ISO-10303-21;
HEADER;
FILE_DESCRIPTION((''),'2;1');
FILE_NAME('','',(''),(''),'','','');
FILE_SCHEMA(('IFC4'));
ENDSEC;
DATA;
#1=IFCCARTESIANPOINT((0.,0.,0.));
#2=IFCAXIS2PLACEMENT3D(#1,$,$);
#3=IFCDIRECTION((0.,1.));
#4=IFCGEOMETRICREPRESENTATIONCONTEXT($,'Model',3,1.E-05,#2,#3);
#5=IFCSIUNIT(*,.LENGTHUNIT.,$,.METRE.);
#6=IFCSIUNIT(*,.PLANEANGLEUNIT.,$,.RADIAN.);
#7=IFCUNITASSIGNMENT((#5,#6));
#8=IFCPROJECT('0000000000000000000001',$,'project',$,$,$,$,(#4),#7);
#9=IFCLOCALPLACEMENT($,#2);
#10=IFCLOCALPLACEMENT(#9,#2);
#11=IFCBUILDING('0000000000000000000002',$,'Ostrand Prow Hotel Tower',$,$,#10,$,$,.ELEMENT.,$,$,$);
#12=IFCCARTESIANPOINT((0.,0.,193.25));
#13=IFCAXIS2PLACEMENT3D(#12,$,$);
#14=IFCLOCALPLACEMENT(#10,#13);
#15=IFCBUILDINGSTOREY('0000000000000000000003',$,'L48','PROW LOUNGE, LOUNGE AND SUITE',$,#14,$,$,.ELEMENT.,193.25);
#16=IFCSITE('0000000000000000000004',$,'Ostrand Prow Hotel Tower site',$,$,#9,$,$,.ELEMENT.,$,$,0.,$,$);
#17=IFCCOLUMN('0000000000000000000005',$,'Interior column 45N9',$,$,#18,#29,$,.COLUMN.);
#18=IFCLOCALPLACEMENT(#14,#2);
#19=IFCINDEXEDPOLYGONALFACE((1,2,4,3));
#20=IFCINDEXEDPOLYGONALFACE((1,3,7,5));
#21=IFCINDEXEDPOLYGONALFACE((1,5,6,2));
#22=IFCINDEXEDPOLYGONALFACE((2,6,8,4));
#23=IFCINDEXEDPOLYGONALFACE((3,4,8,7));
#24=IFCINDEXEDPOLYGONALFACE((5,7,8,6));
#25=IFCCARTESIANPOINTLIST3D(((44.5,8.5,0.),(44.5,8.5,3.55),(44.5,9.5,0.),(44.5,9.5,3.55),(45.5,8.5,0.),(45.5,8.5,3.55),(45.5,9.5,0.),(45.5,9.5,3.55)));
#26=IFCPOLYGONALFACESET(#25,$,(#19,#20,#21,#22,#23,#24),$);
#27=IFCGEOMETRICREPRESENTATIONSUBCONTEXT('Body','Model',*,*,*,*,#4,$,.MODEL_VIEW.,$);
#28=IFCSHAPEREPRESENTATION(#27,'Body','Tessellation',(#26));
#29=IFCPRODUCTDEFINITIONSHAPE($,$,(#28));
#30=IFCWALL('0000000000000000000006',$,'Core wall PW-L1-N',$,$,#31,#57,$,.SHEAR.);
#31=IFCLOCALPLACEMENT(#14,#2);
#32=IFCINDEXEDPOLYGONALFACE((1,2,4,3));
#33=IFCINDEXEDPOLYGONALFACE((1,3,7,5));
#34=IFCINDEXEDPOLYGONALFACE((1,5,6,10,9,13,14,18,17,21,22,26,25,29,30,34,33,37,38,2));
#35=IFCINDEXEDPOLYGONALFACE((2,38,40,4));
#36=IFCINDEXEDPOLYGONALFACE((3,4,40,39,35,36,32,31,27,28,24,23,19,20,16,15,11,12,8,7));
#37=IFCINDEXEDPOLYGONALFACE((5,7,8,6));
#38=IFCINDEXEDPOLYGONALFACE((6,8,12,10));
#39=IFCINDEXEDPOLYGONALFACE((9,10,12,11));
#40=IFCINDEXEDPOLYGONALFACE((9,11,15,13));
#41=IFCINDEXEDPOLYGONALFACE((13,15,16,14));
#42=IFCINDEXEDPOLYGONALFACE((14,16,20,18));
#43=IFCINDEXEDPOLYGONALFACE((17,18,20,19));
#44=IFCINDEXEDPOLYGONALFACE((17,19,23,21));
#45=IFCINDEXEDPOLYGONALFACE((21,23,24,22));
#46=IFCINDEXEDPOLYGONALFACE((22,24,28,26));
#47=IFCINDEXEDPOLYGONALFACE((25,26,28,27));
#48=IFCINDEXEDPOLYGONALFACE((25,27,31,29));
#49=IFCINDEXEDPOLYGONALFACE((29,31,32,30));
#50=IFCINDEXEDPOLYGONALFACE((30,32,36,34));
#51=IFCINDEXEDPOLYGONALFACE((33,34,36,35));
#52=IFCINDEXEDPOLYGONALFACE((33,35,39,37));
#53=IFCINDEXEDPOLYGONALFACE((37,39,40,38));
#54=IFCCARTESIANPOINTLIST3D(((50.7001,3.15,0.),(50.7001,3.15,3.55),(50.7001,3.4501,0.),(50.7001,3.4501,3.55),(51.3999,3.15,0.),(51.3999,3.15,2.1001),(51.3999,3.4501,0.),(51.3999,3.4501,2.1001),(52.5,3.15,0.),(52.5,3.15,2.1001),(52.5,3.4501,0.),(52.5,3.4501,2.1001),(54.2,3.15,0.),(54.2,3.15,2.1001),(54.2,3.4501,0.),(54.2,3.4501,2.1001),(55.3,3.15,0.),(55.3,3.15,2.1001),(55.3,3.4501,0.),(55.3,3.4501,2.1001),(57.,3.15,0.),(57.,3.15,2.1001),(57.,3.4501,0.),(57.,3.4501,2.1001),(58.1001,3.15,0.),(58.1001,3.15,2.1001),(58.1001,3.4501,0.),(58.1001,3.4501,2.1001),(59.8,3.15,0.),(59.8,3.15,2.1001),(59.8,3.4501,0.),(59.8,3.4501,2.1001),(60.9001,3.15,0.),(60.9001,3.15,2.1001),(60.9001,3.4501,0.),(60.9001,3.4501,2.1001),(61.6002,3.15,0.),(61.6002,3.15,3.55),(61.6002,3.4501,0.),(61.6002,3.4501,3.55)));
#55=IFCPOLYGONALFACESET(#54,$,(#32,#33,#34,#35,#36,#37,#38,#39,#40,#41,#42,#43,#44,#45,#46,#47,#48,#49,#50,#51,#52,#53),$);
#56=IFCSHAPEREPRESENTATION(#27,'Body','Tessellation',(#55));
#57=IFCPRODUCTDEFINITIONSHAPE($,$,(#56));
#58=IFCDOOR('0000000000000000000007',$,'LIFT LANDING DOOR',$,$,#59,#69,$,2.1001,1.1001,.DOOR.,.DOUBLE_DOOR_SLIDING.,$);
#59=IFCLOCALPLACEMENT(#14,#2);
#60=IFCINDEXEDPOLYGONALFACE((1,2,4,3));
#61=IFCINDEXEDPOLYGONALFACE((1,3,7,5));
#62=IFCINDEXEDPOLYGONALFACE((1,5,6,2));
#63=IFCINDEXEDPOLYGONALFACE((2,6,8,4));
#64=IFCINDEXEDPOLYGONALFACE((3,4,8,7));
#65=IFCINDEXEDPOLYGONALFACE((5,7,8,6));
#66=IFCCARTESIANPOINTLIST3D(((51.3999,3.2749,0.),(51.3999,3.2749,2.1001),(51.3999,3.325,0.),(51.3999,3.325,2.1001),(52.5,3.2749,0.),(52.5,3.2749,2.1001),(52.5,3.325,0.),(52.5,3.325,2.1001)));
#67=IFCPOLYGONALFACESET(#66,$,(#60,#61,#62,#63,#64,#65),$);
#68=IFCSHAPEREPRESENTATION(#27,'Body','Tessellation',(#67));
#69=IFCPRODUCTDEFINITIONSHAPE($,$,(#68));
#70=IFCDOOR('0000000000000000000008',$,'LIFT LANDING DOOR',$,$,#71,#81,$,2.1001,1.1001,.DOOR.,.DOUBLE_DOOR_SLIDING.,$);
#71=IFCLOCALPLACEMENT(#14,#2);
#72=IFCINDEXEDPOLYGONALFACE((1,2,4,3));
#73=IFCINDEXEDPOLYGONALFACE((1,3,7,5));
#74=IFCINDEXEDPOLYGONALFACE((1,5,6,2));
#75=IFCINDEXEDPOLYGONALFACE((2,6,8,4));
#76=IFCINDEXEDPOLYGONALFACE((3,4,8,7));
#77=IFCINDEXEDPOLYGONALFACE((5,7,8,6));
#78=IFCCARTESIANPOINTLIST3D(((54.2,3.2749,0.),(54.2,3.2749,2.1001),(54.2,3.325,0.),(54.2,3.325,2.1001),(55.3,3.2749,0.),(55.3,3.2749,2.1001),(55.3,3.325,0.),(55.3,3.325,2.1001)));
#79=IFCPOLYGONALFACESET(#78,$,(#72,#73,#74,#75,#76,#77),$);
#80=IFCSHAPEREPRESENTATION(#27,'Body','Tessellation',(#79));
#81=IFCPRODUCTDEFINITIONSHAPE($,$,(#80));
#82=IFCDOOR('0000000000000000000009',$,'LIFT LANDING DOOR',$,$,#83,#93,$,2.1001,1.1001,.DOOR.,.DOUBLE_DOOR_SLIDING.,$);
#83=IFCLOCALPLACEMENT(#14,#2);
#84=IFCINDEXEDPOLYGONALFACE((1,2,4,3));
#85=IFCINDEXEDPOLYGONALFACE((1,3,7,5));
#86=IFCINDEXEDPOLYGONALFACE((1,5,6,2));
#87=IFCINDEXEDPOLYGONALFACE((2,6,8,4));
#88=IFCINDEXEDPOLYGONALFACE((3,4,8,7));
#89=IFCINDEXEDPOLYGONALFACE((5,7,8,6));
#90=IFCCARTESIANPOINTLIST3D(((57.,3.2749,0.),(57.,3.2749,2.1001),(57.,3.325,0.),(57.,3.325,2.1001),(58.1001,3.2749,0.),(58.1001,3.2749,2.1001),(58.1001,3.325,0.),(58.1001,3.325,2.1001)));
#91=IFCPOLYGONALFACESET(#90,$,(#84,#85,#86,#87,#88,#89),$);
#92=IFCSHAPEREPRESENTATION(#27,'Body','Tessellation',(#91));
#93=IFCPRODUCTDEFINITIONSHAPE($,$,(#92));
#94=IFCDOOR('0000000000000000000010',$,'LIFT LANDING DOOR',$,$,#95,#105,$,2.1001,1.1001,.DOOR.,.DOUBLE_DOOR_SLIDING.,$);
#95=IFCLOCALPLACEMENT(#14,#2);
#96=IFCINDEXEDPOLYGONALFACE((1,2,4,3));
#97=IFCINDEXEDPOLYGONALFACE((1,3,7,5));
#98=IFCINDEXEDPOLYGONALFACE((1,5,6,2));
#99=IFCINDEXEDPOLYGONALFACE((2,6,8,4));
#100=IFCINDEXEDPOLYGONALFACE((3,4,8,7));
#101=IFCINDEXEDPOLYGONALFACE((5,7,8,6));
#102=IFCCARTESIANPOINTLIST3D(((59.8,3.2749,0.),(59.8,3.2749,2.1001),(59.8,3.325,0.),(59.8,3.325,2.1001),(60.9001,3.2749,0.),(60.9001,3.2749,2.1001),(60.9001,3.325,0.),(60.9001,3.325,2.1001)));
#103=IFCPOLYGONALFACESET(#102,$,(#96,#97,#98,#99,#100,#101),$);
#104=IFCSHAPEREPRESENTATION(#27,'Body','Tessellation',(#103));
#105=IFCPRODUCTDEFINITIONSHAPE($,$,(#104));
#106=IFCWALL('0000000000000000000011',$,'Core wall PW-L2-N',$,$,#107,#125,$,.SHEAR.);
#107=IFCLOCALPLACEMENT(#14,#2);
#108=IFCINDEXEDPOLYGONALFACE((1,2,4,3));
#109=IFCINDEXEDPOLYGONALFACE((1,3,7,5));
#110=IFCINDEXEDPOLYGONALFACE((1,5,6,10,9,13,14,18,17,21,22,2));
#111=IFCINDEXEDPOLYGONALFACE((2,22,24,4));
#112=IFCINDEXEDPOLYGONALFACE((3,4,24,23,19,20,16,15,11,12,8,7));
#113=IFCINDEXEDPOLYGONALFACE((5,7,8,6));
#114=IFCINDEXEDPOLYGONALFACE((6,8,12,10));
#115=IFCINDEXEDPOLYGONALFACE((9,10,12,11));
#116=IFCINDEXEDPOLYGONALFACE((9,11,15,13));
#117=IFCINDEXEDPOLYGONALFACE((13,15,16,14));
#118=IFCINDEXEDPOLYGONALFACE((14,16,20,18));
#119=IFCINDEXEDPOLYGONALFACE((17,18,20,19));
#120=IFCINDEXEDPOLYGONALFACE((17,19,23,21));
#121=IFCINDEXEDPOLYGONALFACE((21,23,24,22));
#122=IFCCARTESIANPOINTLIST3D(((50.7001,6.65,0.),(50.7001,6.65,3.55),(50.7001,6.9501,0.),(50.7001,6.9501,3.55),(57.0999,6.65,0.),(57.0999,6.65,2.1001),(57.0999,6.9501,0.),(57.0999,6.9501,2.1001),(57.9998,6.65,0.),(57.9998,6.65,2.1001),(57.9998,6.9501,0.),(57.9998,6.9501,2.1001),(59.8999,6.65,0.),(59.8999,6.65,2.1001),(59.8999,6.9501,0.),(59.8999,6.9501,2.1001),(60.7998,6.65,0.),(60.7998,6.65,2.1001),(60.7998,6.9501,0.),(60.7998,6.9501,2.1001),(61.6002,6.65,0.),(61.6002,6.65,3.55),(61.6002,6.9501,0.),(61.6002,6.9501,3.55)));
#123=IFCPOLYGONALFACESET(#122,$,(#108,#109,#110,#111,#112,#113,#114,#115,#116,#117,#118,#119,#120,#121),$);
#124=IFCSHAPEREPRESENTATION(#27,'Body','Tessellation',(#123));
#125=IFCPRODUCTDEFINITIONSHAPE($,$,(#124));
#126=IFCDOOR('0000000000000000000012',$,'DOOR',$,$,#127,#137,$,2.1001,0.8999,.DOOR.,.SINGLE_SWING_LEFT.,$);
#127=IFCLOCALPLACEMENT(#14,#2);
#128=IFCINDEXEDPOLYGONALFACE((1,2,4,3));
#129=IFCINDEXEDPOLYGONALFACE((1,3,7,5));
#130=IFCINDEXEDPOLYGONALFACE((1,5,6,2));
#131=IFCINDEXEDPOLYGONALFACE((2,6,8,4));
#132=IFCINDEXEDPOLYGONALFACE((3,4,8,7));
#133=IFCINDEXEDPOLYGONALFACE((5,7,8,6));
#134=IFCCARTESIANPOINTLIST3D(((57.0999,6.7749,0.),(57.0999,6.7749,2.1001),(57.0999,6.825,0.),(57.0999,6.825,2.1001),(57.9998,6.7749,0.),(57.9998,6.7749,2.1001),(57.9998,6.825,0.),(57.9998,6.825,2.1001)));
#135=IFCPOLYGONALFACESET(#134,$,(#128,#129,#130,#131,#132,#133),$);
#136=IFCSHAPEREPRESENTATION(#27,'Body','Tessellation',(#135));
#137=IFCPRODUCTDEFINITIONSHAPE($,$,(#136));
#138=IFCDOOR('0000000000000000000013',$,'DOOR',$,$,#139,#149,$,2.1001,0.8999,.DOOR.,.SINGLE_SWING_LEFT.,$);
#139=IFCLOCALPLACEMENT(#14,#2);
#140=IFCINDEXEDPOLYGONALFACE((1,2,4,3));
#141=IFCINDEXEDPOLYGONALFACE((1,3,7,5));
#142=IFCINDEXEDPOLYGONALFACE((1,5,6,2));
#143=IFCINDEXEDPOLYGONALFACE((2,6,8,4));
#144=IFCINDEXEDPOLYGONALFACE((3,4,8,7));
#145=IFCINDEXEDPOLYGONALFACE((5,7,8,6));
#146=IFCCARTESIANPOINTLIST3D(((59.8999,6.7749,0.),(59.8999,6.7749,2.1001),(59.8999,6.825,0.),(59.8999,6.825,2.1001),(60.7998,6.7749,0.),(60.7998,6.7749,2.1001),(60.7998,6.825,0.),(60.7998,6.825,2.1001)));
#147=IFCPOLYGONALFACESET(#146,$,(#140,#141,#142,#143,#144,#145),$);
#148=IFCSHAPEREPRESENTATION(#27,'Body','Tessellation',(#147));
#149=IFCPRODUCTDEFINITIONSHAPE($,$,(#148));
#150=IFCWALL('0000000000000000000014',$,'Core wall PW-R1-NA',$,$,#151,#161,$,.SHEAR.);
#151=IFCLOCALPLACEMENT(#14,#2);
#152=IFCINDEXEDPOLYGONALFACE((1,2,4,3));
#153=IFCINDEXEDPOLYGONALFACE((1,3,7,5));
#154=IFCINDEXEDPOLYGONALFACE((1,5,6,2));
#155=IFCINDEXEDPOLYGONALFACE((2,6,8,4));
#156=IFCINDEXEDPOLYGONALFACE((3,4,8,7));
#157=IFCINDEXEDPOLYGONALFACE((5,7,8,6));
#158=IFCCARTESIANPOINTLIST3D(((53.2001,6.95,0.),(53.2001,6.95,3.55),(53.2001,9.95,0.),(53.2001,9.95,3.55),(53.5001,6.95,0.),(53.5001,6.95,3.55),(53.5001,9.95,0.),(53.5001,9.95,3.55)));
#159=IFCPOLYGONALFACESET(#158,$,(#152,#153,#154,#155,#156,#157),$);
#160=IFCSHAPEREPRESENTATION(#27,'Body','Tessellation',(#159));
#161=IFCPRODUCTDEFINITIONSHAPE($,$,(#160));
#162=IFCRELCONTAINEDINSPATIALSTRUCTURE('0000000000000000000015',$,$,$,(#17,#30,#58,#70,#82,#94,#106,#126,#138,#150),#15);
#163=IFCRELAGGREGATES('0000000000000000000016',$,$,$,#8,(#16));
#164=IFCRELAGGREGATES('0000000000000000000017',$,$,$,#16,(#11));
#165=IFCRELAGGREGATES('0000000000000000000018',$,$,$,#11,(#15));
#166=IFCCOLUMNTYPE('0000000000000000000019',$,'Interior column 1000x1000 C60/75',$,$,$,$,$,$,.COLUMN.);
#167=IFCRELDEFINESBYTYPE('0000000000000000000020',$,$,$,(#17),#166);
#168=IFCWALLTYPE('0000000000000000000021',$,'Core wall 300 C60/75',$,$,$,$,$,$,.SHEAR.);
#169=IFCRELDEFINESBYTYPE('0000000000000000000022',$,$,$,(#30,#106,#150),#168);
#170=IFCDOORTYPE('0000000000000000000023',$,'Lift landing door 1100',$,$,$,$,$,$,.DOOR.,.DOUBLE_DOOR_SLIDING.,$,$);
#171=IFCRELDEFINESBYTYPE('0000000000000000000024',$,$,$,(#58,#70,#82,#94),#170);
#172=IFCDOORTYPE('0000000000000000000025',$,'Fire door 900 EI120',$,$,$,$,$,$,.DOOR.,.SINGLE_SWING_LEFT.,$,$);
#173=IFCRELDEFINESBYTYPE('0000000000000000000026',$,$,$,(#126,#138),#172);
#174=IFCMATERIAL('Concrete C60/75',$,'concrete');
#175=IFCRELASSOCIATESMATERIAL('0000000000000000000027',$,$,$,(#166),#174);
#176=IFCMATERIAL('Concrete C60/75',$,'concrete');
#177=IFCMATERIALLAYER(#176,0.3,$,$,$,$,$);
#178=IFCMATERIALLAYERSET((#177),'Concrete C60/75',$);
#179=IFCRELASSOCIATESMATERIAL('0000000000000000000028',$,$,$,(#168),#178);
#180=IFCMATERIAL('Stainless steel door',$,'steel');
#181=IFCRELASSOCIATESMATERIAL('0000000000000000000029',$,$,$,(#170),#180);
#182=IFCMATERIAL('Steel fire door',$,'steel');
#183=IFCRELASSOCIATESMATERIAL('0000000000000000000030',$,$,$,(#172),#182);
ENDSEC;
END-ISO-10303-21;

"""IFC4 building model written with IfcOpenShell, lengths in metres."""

from ifc_helpers import new_model, si_unit, direction, frame, frame_2d, origin, origin_2d, place, context, subcontext, project, spatial, rectangle, extrude, material, layer, layer_set, material_profile, profile_set, type_object, element, fill, save


model = new_model("IFC4")

# Units and contexts
model_context = context("Model", 3, precision=1e-05, world=origin(), true_north=direction((0.0, 1.0)))
body_context = subcontext(model_context, "Body", "Model", "MODEL_VIEW")
ifc_project = project(units=[si_unit("LENGTHUNIT", "METRE"), si_unit("PLANEANGLEUNIT", "RADIAN")], contexts=[model_context])

# Site, building, storey
site_placement = place(None, origin())
site = spatial("IfcSite", under=ifc_project, at=site_placement, Name="Ostrand Prow Hotel Tower site", CompositionType="ELEMENT", RefElevation=0.0)
building_placement = place(site_placement, origin())
building = spatial("IfcBuilding", under=site, at=building_placement, Name="Ostrand Prow Hotel Tower", CompositionType="ELEMENT")
storey_placement = place(building_placement, frame((0.0, 0.0, 193.25)))
storey = spatial("IfcBuildingStorey", under=building, at=storey_placement, Name="L48", Description="PROW LOUNGE, LOUNGE AND SUITE", CompositionType="ELEMENT", Elevation=193.25)

# Column
ifc_material_1 = material(Name="Concrete C60/75", Category="concrete")
ifc_material_profile = material_profile(ifc_material_1, rectangle(XDim=1.0, YDim=1.0, at=origin_2d()), Name="RC 1000x1000")
ifc_profile_set = profile_set([ifc_material_profile], Name="Concrete C60/75")
column_type = type_object("IfcColumnType", Name="Interior column 1000x1000 C60/75", PredefinedType="COLUMN", material=ifc_profile_set)
column_placement = place(storey_placement, frame((45.0, 9.0, 0.0), z_axis=(0.0, 0.0, 1.0), x_axis=(1.0, 0.0, 0.0)))
element("IfcColumn", 1, at=column_placement, inside=storey, type_object=column_type, Name="Interior column 45N9", PredefinedType="COLUMN", context=body_context, shape_type="SweptSolid", body=[
    extrude(rectangle(XDim=1.0, YDim=1.0, at=origin_2d()), origin(), (0.0, 0.0, 1.0), 3.55),
])

# Walls, openings, doors
ifc_material_2 = material(Name="Concrete C60/75", Category="concrete")
ifc_layer_1 = layer(ifc_material_2, 0.3)
ifc_layer_set_1 = layer_set([ifc_layer_1], Name="Concrete C60/75")
wall_type_1 = type_object("IfcWallType", Name="Core wall 300 C60/75", PredefinedType="SHEAR", material=ifc_layer_set_1)
wall_1_placement = place(storey_placement, frame((50.7, 3.3, 0.0), z_axis=(0.0, 0.0, 1.0), x_axis=(1.0, 0.0, 0.0)))
wall_1 = element("IfcWall", 2, at=wall_1_placement, inside=storey, type_object=wall_type_1, Name="Core wall PW-L1-N", PredefinedType="SHEAR", context=body_context, shape_type="SweptSolid", body=[
    extrude(rectangle(XDim=10.9001, YDim=0.3, at=frame_2d((5.4502, 0.0))), origin(), (0.0, 0.0, 1.0), 3.55),
])
opening_1_placement = place(wall_1_placement, frame((0.7, 0.0, 0.0)))
opening_1 = element("IfcOpeningElement", 3, at=opening_1_placement, cuts=wall_1, PredefinedType="OPENING", context=body_context, shape_type="SweptSolid", body=[
    extrude(rectangle(XDim=1.1001, YDim=2.1001, at=frame_2d((0.55, 1.05))), frame((0.0, 0.1599, 0.0), z_axis=(0.0, -1.0, 0.0), x_axis=(1.0, 0.0, 0.0)), (0.0, 0.0, 1.0), 0.3201),
])
opening_2_placement = place(wall_1_placement, frame((3.5, 0.0, 0.0)))
opening_2 = element("IfcOpeningElement", 4, at=opening_2_placement, cuts=wall_1, PredefinedType="OPENING", context=body_context, shape_type="SweptSolid", body=[
    extrude(rectangle(XDim=1.1001, YDim=2.1001, at=frame_2d((0.55, 1.05))), frame((0.0, 0.1599, 0.0), z_axis=(0.0, -1.0, 0.0), x_axis=(1.0, 0.0, 0.0)), (0.0, 0.0, 1.0), 0.3201),
])
opening_3_placement = place(wall_1_placement, frame((6.3, 0.0, 0.0)))
opening_3 = element("IfcOpeningElement", 5, at=opening_3_placement, cuts=wall_1, PredefinedType="OPENING", context=body_context, shape_type="SweptSolid", body=[
    extrude(rectangle(XDim=1.1001, YDim=2.1001, at=frame_2d((0.55, 1.05))), frame((0.0, 0.1599, 0.0), z_axis=(0.0, -1.0, 0.0), x_axis=(1.0, 0.0, 0.0)), (0.0, 0.0, 1.0), 0.3201),
])
opening_4_placement = place(wall_1_placement, frame((9.1001, 0.0, 0.0)))
opening_4 = element("IfcOpeningElement", 6, at=opening_4_placement, cuts=wall_1, PredefinedType="OPENING", context=body_context, shape_type="SweptSolid", body=[
    extrude(rectangle(XDim=1.1001, YDim=2.1001, at=frame_2d((0.55, 1.05))), frame((0.0, 0.1599, 0.0), z_axis=(0.0, -1.0, 0.0), x_axis=(1.0, 0.0, 0.0)), (0.0, 0.0, 1.0), 0.3201),
])
ifc_material_3 = material(Name="Stainless steel door", Category="steel")
door_type_1 = type_object("IfcDoorType", Name="Lift landing door 1100", OperationType="DOUBLE_DOOR_SLIDING", PredefinedType="DOOR", material=ifc_material_3)
door_1_placement = place(opening_1_placement, origin())
door_1 = element("IfcDoor", 7, at=door_1_placement, inside=storey, type_object=door_type_1, Name="LIFT LANDING DOOR", OperationType="DOUBLE_DOOR_SLIDING", OverallHeight=2.1001, OverallWidth=1.1001, PredefinedType="DOOR", context=body_context, shape_type="SweptSolid", body=[
    extrude(rectangle(XDim=1.1001, YDim=2.1001, at=frame_2d((0.55, 1.05))), frame((0.0, 0.0249, 0.0), z_axis=(0.0, -1.0, 0.0), x_axis=(1.0, 0.0, 0.0)), (0.0, 0.0, 1.0), 0.05),
])
fill(opening_1, door_1)
door_2_placement = place(opening_2_placement, origin())
door_2 = element("IfcDoor", 8, at=door_2_placement, inside=storey, type_object=door_type_1, Name="LIFT LANDING DOOR", OperationType="DOUBLE_DOOR_SLIDING", OverallHeight=2.1001, OverallWidth=1.1001, PredefinedType="DOOR", context=body_context, shape_type="SweptSolid", body=[
    extrude(rectangle(XDim=1.1001, YDim=2.1001, at=frame_2d((0.55, 1.05))), frame((0.0, 0.0249, 0.0), z_axis=(0.0, -1.0, 0.0), x_axis=(1.0, 0.0, 0.0)), (0.0, 0.0, 1.0), 0.05),
])
fill(opening_2, door_2)
door_3_placement = place(opening_3_placement, origin())
door_3 = element("IfcDoor", 9, at=door_3_placement, inside=storey, type_object=door_type_1, Name="LIFT LANDING DOOR", OperationType="DOUBLE_DOOR_SLIDING", OverallHeight=2.1001, OverallWidth=1.1001, PredefinedType="DOOR", context=body_context, shape_type="SweptSolid", body=[
    extrude(rectangle(XDim=1.1001, YDim=2.1001, at=frame_2d((0.55, 1.05))), frame((0.0, 0.0249, 0.0), z_axis=(0.0, -1.0, 0.0), x_axis=(1.0, 0.0, 0.0)), (0.0, 0.0, 1.0), 0.05),
])
fill(opening_3, door_3)
door_4_placement = place(opening_4_placement, origin())
door_4 = element("IfcDoor", 10, at=door_4_placement, inside=storey, type_object=door_type_1, Name="LIFT LANDING DOOR", OperationType="DOUBLE_DOOR_SLIDING", OverallHeight=2.1001, OverallWidth=1.1001, PredefinedType="DOOR", context=body_context, shape_type="SweptSolid", body=[
    extrude(rectangle(XDim=1.1001, YDim=2.1001, at=frame_2d((0.55, 1.05))), frame((0.0, 0.0249, 0.0), z_axis=(0.0, -1.0, 0.0), x_axis=(1.0, 0.0, 0.0)), (0.0, 0.0, 1.0), 0.05),
])
fill(opening_4, door_4)
wall_2_placement = place(storey_placement, frame((50.7, 6.8, 0.0), z_axis=(0.0, 0.0, 1.0), x_axis=(1.0, 0.0, 0.0)))
wall_2 = element("IfcWall", 11, at=wall_2_placement, inside=storey, type_object=wall_type_1, Name="Core wall PW-L2-N", PredefinedType="SHEAR", context=body_context, shape_type="SweptSolid", body=[
    extrude(rectangle(XDim=10.9001, YDim=0.3, at=frame_2d((5.4502, 0.0))), origin(), (0.0, 0.0, 1.0), 3.55),
])
opening_5_placement = place(wall_2_placement, frame((6.3999, 0.0, 0.0)))
opening_5 = element("IfcOpeningElement", 12, at=opening_5_placement, cuts=wall_2, PredefinedType="OPENING", context=body_context, shape_type="SweptSolid", body=[
    extrude(rectangle(XDim=0.8999, YDim=2.1001, at=frame_2d((0.45, 1.05))), frame((0.0, 0.1599, 0.0), z_axis=(0.0, -1.0, 0.0), x_axis=(1.0, 0.0, 0.0)), (0.0, 0.0, 1.0), 0.3201),
])
opening_6_placement = place(wall_2_placement, frame((9.2, 0.0, 0.0)))
opening_6 = element("IfcOpeningElement", 13, at=opening_6_placement, cuts=wall_2, PredefinedType="OPENING", context=body_context, shape_type="SweptSolid", body=[
    extrude(rectangle(XDim=0.8999, YDim=2.1001, at=frame_2d((0.45, 1.05))), frame((0.0, 0.1599, 0.0), z_axis=(0.0, -1.0, 0.0), x_axis=(1.0, 0.0, 0.0)), (0.0, 0.0, 1.0), 0.3201),
])
ifc_material_4 = material(Name="Steel fire door", Category="steel")
door_type_2 = type_object("IfcDoorType", Name="Fire door 900 EI120", OperationType="SINGLE_SWING_LEFT", PredefinedType="DOOR", material=ifc_material_4)
door_5_placement = place(opening_5_placement, origin())
door_5 = element("IfcDoor", 14, at=door_5_placement, inside=storey, type_object=door_type_2, Name="DOOR", OperationType="SINGLE_SWING_LEFT", OverallHeight=2.1001, OverallWidth=0.8999, PredefinedType="DOOR", context=body_context, shape_type="SweptSolid", body=[
    extrude(rectangle(XDim=0.8999, YDim=2.1001, at=frame_2d((0.45, 1.05))), frame((0.0, 0.0249, 0.0), z_axis=(0.0, -1.0, 0.0), x_axis=(1.0, 0.0, 0.0)), (0.0, 0.0, 1.0), 0.05),
])
fill(opening_5, door_5)
door_6_placement = place(opening_6_placement, origin())
door_6 = element("IfcDoor", 15, at=door_6_placement, inside=storey, type_object=door_type_2, Name="DOOR", OperationType="SINGLE_SWING_LEFT", OverallHeight=2.1001, OverallWidth=0.8999, PredefinedType="DOOR", context=body_context, shape_type="SweptSolid", body=[
    extrude(rectangle(XDim=0.8999, YDim=2.1001, at=frame_2d((0.45, 1.05))), frame((0.0, 0.0249, 0.0), z_axis=(0.0, -1.0, 0.0), x_axis=(1.0, 0.0, 0.0)), (0.0, 0.0, 1.0), 0.05),
])
fill(opening_6, door_6)

# Wall
for number, where, z_axis, x_axis, name in (
    (16, (53.3501, 6.95, 0.0), (0.0, 0.0, 1.0), (0.0, 1.0, 0.0), "Core wall PW-R1-NA"),
):
    element("IfcWall", number, at=place(storey_placement, frame(where, z_axis=z_axis, x_axis=x_axis)), inside=storey, type_object=wall_type_1, Name=name, PredefinedType="SHEAR", context=body_context, shape_type="SweptSolid", body=[
        extrude(rectangle(XDim=3.0, YDim=0.3, at=frame_2d((1.5, 0.0))), origin(), (0.0, 0.0, 1.0), 3.55),
    ])

save(model, "model.ifc")
